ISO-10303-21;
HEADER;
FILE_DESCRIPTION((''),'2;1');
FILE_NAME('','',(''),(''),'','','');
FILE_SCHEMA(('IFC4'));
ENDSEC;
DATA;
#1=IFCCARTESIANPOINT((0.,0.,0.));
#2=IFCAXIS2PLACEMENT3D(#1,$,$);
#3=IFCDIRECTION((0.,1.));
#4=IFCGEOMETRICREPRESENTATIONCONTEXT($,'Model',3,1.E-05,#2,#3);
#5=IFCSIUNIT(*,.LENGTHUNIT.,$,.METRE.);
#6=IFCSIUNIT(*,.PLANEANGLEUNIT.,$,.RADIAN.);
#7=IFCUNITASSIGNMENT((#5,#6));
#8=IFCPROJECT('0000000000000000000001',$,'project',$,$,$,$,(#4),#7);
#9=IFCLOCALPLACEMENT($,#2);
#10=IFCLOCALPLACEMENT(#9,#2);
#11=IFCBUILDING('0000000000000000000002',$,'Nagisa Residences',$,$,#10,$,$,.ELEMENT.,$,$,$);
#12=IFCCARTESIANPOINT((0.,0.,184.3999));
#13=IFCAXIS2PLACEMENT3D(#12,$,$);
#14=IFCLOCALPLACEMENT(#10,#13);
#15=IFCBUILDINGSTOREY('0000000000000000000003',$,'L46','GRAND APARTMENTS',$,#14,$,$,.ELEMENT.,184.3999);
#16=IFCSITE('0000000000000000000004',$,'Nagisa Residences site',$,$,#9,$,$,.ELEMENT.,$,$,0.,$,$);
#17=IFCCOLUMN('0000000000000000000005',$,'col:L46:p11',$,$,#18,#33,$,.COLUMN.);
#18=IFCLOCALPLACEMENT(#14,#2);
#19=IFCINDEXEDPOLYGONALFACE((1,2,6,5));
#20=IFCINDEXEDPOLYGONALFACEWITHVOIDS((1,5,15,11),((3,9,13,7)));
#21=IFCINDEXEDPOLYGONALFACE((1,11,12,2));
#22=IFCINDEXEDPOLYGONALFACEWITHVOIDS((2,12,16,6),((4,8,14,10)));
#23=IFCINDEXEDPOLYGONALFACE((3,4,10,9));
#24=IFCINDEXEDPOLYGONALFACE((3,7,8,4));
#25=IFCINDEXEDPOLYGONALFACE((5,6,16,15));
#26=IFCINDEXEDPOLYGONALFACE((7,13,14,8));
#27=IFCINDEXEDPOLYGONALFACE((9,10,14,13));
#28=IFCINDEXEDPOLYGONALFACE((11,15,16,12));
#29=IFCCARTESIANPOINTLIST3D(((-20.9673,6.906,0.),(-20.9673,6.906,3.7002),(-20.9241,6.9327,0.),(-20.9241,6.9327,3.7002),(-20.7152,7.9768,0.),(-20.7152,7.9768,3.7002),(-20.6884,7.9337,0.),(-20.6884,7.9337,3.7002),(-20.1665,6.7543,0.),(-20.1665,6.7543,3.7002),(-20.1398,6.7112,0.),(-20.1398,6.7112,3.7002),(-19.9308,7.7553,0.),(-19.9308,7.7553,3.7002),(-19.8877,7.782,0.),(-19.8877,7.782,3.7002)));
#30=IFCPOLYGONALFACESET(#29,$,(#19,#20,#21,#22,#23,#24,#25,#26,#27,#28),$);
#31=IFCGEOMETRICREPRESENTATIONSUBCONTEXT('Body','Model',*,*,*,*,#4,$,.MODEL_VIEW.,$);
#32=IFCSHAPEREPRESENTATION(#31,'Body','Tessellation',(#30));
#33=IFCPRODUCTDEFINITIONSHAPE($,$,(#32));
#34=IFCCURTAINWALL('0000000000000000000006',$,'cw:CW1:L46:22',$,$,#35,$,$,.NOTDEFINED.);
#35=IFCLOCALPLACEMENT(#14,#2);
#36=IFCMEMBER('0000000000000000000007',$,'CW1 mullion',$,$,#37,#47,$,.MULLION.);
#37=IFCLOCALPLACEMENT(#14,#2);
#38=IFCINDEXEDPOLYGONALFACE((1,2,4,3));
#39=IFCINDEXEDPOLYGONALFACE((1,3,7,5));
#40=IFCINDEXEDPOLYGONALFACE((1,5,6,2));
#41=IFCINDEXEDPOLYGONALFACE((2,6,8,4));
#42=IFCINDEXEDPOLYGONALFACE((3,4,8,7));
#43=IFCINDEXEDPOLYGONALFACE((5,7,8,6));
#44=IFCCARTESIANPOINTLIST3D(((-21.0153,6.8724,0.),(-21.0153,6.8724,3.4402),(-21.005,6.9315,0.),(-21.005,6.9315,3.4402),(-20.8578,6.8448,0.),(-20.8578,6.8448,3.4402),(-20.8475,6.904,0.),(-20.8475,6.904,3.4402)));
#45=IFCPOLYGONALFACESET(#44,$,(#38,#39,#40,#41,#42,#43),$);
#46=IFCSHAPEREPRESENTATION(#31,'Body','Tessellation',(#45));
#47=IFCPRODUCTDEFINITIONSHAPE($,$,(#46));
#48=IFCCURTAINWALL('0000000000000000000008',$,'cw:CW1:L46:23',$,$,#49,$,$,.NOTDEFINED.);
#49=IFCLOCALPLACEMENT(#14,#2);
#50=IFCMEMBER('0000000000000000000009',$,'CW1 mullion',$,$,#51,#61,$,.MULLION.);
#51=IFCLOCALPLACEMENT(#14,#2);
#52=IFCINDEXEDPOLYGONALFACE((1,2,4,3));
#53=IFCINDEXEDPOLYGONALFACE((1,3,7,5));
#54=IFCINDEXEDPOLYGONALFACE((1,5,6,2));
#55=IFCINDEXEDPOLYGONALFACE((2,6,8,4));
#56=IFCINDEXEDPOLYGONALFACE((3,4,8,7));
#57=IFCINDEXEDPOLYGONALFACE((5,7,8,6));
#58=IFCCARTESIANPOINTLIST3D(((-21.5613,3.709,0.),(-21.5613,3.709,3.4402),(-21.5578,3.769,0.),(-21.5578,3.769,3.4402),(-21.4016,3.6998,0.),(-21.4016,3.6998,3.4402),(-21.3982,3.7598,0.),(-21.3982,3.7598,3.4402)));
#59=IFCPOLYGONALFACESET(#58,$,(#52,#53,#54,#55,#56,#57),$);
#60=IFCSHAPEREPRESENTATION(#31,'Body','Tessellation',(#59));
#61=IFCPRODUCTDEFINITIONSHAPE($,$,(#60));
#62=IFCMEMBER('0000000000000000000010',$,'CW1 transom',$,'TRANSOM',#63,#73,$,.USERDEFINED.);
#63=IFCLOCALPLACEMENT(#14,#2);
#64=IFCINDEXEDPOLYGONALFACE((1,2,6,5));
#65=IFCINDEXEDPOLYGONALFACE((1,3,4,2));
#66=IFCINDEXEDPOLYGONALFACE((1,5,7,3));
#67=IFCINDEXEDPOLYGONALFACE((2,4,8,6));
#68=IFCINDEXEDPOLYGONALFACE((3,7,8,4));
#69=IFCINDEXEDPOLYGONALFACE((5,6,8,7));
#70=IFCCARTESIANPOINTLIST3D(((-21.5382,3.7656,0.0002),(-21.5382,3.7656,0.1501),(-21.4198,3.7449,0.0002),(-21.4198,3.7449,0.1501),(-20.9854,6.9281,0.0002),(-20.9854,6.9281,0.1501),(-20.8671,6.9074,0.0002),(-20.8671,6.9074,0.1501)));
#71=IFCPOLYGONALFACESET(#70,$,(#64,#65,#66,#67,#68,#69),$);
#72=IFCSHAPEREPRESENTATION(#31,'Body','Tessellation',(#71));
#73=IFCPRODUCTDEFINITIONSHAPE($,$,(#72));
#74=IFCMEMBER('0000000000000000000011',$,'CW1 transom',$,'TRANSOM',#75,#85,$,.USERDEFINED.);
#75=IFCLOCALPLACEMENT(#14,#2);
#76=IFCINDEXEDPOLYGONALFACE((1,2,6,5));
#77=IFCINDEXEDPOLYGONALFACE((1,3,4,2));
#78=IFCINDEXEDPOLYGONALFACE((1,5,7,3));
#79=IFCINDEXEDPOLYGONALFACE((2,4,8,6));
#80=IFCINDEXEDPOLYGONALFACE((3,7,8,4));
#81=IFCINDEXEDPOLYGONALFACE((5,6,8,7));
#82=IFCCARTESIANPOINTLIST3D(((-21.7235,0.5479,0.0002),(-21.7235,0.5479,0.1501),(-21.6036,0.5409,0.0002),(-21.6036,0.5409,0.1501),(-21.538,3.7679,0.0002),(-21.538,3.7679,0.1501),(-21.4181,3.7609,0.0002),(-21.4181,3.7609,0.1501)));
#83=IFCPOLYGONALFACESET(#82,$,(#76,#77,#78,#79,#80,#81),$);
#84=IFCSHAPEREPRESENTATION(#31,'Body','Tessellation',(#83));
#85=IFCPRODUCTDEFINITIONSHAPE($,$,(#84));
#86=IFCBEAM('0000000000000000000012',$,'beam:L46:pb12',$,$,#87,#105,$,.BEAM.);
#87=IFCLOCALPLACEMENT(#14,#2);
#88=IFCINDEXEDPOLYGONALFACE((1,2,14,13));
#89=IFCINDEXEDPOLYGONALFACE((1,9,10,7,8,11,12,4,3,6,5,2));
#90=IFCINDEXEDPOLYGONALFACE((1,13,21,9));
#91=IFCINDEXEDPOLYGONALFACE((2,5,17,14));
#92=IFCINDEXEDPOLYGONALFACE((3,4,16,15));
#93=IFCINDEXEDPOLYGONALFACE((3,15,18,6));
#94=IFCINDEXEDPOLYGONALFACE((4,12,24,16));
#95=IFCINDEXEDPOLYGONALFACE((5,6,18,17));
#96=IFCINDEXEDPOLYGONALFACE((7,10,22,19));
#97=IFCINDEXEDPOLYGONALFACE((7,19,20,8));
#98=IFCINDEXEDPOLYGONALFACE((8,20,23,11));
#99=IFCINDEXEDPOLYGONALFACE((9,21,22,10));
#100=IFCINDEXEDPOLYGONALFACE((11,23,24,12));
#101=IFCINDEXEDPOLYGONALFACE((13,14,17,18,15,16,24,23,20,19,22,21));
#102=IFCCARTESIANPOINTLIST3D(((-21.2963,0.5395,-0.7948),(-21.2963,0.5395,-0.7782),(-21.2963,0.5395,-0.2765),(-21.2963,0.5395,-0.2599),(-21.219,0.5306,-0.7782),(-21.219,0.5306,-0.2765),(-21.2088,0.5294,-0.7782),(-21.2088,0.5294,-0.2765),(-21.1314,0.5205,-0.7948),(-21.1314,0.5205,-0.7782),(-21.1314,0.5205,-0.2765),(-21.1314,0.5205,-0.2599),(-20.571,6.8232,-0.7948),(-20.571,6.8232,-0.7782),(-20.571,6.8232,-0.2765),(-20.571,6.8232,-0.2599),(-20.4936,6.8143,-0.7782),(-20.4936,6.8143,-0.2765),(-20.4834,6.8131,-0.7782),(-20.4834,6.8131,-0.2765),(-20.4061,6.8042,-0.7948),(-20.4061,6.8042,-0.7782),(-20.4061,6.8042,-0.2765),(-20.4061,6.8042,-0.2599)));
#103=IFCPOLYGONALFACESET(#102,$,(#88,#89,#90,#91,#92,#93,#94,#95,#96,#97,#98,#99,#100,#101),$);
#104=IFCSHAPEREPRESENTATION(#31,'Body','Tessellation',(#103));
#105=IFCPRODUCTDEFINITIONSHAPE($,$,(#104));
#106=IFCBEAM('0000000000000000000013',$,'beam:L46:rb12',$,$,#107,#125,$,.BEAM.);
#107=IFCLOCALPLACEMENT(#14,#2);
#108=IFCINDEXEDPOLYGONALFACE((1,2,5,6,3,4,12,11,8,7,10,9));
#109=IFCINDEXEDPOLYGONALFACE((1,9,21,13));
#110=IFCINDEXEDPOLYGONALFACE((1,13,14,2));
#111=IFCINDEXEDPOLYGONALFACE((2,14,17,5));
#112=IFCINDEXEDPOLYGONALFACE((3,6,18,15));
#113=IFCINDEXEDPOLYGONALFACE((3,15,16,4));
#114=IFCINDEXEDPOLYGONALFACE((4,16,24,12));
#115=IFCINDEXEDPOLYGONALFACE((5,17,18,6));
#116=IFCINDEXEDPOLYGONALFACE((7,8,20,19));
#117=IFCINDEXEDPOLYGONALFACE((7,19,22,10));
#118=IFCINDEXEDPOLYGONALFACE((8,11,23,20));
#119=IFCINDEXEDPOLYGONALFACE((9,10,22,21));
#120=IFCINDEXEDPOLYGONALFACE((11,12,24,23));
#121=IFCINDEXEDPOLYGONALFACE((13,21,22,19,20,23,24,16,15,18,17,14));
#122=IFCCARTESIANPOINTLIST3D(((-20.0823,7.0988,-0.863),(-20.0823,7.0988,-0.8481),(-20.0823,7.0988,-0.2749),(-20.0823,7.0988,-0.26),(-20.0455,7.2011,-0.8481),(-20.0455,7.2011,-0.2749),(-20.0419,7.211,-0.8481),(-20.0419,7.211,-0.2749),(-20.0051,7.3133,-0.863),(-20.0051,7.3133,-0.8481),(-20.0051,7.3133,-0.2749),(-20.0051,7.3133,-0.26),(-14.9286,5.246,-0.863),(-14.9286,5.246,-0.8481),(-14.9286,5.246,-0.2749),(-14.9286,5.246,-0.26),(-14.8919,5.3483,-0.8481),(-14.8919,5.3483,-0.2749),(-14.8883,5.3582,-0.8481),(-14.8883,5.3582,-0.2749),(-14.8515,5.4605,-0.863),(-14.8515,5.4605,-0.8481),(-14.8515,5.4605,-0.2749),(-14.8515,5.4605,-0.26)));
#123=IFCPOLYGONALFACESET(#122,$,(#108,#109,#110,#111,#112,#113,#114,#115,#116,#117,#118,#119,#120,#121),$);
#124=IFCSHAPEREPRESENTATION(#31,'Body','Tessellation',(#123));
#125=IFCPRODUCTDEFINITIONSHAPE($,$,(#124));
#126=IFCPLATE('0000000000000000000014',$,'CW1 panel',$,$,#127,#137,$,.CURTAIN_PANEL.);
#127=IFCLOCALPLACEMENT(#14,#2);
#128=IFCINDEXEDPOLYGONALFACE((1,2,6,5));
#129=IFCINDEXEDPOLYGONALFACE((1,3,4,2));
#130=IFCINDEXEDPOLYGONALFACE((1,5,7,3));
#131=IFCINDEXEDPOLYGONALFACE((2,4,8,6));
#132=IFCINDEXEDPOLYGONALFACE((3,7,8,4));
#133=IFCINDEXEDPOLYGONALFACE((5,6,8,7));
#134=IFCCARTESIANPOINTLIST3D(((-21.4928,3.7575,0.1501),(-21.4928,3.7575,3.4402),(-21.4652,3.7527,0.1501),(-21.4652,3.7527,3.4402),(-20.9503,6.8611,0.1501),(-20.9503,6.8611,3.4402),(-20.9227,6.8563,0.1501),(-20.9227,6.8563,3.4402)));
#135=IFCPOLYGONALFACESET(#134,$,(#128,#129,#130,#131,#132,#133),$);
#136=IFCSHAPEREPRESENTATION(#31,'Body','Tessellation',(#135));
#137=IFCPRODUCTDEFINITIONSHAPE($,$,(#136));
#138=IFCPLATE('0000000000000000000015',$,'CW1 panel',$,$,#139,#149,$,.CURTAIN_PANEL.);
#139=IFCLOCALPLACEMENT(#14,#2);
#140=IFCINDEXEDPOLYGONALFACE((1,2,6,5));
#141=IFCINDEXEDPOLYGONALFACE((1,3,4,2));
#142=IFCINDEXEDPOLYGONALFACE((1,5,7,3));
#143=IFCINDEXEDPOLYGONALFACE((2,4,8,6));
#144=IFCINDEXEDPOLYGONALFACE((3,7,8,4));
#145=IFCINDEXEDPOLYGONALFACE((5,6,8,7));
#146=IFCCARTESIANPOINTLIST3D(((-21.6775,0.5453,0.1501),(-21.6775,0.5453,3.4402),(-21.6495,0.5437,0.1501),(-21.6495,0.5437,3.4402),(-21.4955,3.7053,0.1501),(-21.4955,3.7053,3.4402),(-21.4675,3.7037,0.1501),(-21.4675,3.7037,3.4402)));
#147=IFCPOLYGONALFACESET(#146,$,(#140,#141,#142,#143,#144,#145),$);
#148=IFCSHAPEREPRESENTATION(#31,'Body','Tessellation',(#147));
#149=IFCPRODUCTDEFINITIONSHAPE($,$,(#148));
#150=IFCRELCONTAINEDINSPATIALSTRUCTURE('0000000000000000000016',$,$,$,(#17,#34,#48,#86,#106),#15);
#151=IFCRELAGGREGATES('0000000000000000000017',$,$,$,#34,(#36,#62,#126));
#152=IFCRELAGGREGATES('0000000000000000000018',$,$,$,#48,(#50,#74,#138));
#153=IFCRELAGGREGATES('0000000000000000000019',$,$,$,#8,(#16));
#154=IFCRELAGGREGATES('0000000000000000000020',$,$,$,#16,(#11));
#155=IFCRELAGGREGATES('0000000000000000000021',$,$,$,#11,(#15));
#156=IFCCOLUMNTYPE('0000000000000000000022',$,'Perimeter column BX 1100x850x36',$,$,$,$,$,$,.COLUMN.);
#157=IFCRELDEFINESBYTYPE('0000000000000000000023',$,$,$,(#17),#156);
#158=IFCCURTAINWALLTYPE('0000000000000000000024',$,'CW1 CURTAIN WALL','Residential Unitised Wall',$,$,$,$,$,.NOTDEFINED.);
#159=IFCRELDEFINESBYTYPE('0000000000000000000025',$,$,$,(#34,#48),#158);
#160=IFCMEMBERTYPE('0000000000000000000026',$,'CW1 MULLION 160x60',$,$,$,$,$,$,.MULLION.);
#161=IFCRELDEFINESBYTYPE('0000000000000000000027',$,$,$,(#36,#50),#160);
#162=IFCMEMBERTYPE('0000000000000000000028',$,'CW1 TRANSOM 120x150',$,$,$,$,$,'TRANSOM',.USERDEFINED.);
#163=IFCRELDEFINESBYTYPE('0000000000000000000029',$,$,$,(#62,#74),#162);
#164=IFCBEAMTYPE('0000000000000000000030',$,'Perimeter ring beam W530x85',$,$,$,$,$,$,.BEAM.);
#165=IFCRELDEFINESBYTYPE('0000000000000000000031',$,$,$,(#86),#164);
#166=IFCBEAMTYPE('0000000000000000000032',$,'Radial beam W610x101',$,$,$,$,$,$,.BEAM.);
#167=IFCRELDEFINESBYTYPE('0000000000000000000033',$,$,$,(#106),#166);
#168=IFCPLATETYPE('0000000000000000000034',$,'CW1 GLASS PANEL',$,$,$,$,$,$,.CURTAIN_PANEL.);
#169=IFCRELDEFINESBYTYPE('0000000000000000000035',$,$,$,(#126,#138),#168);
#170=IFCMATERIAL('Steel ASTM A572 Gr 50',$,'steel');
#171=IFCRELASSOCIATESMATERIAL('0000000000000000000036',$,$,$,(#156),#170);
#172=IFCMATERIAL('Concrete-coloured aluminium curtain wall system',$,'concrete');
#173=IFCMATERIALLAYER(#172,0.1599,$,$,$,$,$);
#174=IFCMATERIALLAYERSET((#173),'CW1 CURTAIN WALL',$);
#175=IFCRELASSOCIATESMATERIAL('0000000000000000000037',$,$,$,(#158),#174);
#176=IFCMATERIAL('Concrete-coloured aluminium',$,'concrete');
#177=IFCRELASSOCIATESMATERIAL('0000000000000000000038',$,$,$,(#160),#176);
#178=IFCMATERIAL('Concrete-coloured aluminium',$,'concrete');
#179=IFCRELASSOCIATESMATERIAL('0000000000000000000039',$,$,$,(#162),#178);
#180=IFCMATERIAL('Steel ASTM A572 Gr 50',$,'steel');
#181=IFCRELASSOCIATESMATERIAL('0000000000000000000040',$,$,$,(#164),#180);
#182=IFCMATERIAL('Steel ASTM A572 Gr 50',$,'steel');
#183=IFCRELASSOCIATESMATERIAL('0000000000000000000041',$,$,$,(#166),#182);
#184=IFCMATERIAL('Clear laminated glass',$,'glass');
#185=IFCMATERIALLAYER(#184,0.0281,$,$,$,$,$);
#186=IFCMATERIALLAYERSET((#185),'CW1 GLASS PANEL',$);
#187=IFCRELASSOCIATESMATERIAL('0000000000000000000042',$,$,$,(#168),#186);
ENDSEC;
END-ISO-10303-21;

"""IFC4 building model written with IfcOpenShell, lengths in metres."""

from ifc_helpers import new_model, si_unit, direction, frame, origin, origin_2d, place, context, subcontext, project, spatial, rectangle, hollow_rectangle, i_section, extrude, material, layer, layer_set, material_profile, profile_set, type_object, element, aggregate, save


model = new_model("IFC4")

# Units and contexts
model_context = context("Model", 3, precision=1e-05, world=origin(), true_north=direction((0.0, 1.0)))
body_context = subcontext(model_context, "Body", "Model", "MODEL_VIEW")
ifc_project = project(units=[si_unit("LENGTHUNIT", "METRE"), si_unit("PLANEANGLEUNIT", "RADIAN")], contexts=[model_context])

# Site, building, storey
site_placement = place(None, origin())
site = spatial("IfcSite", under=ifc_project, at=site_placement, Name="Nagisa Residences site", CompositionType="ELEMENT", RefElevation=0.0)
building_placement = place(site_placement, origin())
building = spatial("IfcBuilding", under=site, at=building_placement, Name="Nagisa Residences", CompositionType="ELEMENT")
storey_placement = place(building_placement, frame((0.0, 0.0, 184.3999)))
storey = spatial("IfcBuildingStorey", under=building, at=storey_placement, Name="L46", Description="GRAND APARTMENTS", CompositionType="ELEMENT", Elevation=184.3999)

# Column
ifc_material_1 = material(Name="Steel ASTM A572 Gr 50", Category="steel")
ifc_material_profile_1 = material_profile(ifc_material_1, hollow_rectangle(XDim=1.1001, YDim=0.8501, WallThickness=0.0359, at=origin_2d()), Name="BX 1100x850x36")
ifc_profile_set_1 = profile_set([ifc_material_profile_1], Name="Steel ASTM A572 Gr 50")
column_type = type_object("IfcColumnType", Name="Perimeter column BX 1100x850x36", PredefinedType="COLUMN", material=ifc_profile_set_1)
column_placement = place(storey_placement, frame((-20.4275, 7.344, 0.0), z_axis=(0.0, 0.0, 1.0), x_axis=(-0.229202, -0.973379, 0.0)))
element("IfcColumn", 1, at=column_placement, inside=storey, type_object=column_type, Name="col:L46:p11", PredefinedType="COLUMN", context=body_context, shape_type="SweptSolid", body=[
    extrude(hollow_rectangle(XDim=1.1001, YDim=0.8501, WallThickness=0.0359, at=origin_2d()), origin(), (0.0, 0.0, 1.0), 3.7002),
])

# Curtain walls, members
ifc_material_2 = material(Name="Concrete-coloured aluminium curtain wall system", Category="concrete")
ifc_layer_1 = layer(ifc_material_2, 0.1599)
ifc_layer_set_1 = layer_set([ifc_layer_1], Name="CW1 CURTAIN WALL")
curtain_wall_type = type_object("IfcCurtainWallType", Name="CW1 CURTAIN WALL", Description="Residential Unitised Wall", PredefinedType="NOTDEFINED", material=ifc_layer_set_1)
curtain_wall_1_placement = place(storey_placement, origin())
curtain_wall_1 = element("IfcCurtainWall", 2, at=curtain_wall_1_placement, inside=storey, type_object=curtain_wall_type, Name="cw:CW1:L46:22", PredefinedType="NOTDEFINED")
ifc_material_3 = material(Name="Concrete-coloured aluminium", Category="concrete")
ifc_material_profile_2 = material_profile(ifc_material_3, rectangle(XDim=0.1599, YDim=0.0601, at=origin_2d()), Name="CW1 MULLION 160x60")
ifc_profile_set_2 = profile_set([ifc_material_profile_2], Name="Concrete-coloured aluminium")
member_type_1 = type_object("IfcMemberType", Name="CW1 MULLION 160x60", PredefinedType="MULLION", material=ifc_profile_set_2)
member_1_placement = place(storey_placement, frame((-20.9314, 6.8882, 0.0), z_axis=(0.0, 0.0, 1.0), x_axis=(0.985064, -0.172191, 0.0)))
member_1 = element("IfcMember", 3, at=member_1_placement, type_object=member_type_1, Name="CW1 mullion", PredefinedType="MULLION", context=body_context, shape_type="SweptSolid", body=[
    extrude(rectangle(XDim=0.1599, YDim=0.0601, at=origin_2d()), origin(), (0.0, 0.0, 1.0), 3.4402),
])
curtain_wall_2_placement = place(storey_placement, origin())
curtain_wall_2 = element("IfcCurtainWall", 4, at=curtain_wall_2_placement, inside=storey, type_object=curtain_wall_type, Name="cw:CW1:L46:23", PredefinedType="NOTDEFINED")
member_2_placement = place(storey_placement, frame((-21.4797, 3.7344, 0.0), z_axis=(0.0, 0.0, 1.0), x_axis=(0.998345, -0.057503, 0.0)))
member_2 = element("IfcMember", 5, at=member_2_placement, type_object=member_type_1, Name="CW1 mullion", PredefinedType="MULLION", context=body_context, shape_type="SweptSolid", body=[
    extrude(rectangle(XDim=0.1599, YDim=0.0601, at=origin_2d()), origin(), (0.0, 0.0, 1.0), 3.4402),
])

# Members
ifc_material_4 = material(Name="Concrete-coloured aluminium", Category="concrete")
ifc_material_profile_3 = material_profile(ifc_material_4, rectangle(XDim=0.1201, YDim=0.1499, at=origin_2d()), Name="CW1 TRANSOM 120x150")
ifc_profile_set_3 = profile_set([ifc_material_profile_3], Name="Concrete-coloured aluminium")
member_type_2 = type_object("IfcMemberType", Name="CW1 TRANSOM 120x150", ElementType="TRANSOM", PredefinedType="USERDEFINED", material=ifc_profile_set_3)
member_3_placement = place(storey_placement, frame((-20.9263, 6.9177, 0.0752), z_axis=(-0.172163, -0.985069, 0.0), x_axis=(0.985069, -0.172163, 0.0)))
member_3 = element("IfcMember", 6, at=member_3_placement, type_object=member_type_2, Name="CW1 transom", ObjectType="TRANSOM", PredefinedType="USERDEFINED", context=body_context, shape_type="SweptSolid", body=[
    extrude(rectangle(XDim=0.1201, YDim=0.1499, at=origin_2d()), origin(), (0.0, 0.0, 1.0), 3.2104),
])
member_4_placement = place(storey_placement, frame((-21.478, 3.7644, 0.0752), z_axis=(-0.057528, -0.998344, 0.0), x_axis=(0.998344, -0.057528, 0.0)))
member_4 = element("IfcMember", 7, at=member_4_placement, type_object=member_type_2, Name="CW1 transom", ObjectType="TRANSOM", PredefinedType="USERDEFINED", context=body_context, shape_type="SweptSolid", body=[
    extrude(rectangle(XDim=0.1201, YDim=0.1499, at=origin_2d()), origin(), (0.0, 0.0, 1.0), 3.2253),
])

# Beams
ifc_material_5 = material(Name="Steel ASTM A572 Gr 50", Category="steel")
ifc_material_profile_4 = material_profile(ifc_material_5, i_section(OverallWidth=0.166, OverallDepth=0.5349, WebThickness=0.0103, FlangeThickness=0.0166, at=origin_2d()), Name="W530x85")
ifc_profile_set_4 = profile_set([ifc_material_profile_4], Name="Steel ASTM A572 Gr 50")
beam_type_1 = type_object("IfcBeamType", Name="Perimeter ring beam W530x85", PredefinedType="BEAM", material=ifc_profile_set_4)
beam_1_placement = place(storey_placement, frame((-20.4885, 6.8137, -0.5273), z_axis=(-0.114671, -0.993404, 0.0), x_axis=(0.993404, -0.114671, 0.0)))
element("IfcBeam", 8, at=beam_1_placement, inside=storey, type_object=beam_type_1, Name="beam:L46:pb12", PredefinedType="BEAM", context=body_context, shape_type="SweptSolid", body=[
    extrude(i_section(OverallWidth=0.166, OverallDepth=0.5349, WebThickness=0.0103, FlangeThickness=0.0166, at=origin_2d()), origin(), (0.0, 0.0, 1.0), 6.3254),
])
ifc_material_6 = material(Name="Steel ASTM A572 Gr 50", Category="steel")
ifc_material_profile_5 = material_profile(ifc_material_6, i_section(OverallWidth=0.228, OverallDepth=0.603, WebThickness=0.0105, FlangeThickness=0.0149, at=origin_2d()), Name="W610x101")
ifc_profile_set_5 = profile_set([ifc_material_profile_5], Name="Steel ASTM A572 Gr 50")
beam_type_2 = type_object("IfcBeamType", Name="Radial beam W610x101", PredefinedType="BEAM", material=ifc_profile_set_5)
beam_2_placement = place(storey_placement, frame((-20.0437, 7.2061, -0.5615), z_axis=(0.941033, -0.338315, 0.0), x_axis=(0.338315, 0.941033, 0.0)))
element("IfcBeam", 9, at=beam_2_placement, inside=storey, type_object=beam_type_2, Name="beam:L46:rb12", PredefinedType="BEAM", context=body_context, shape_type="SweptSolid", body=[
    extrude(i_section(OverallWidth=0.228, OverallDepth=0.603, WebThickness=0.0105, FlangeThickness=0.0149, at=origin_2d()), origin(), (0.0, 0.0, 1.0), 5.4766),
])

# Plates
ifc_material_7 = material(Name="Clear laminated glass", Category="glass")
ifc_layer_2 = layer(ifc_material_7, 0.0281)
ifc_layer_set_2 = layer_set([ifc_layer_2], Name="CW1 GLASS PANEL")
plate_type = type_object("IfcPlateType", Name="CW1 GLASS PANEL", PredefinedType="CURTAIN_PANEL", material=ifc_layer_set_2)
plate_1_placement = place(storey_placement, frame((-21.2078, 5.3069, 0.1501), z_axis=(0.0, 0.0, 1.0), x_axis=(-0.172191, -0.985064, 0.0)))
plate_1 = element("IfcPlate", 10, at=plate_1_placement, type_object=plate_type, Name="CW1 panel", PredefinedType="CURTAIN_PANEL", context=body_context, shape_type="SweptSolid", body=[
    extrude(rectangle(XDim=3.1506, YDim=0.0281, at=origin_2d()), origin(), (0.0, 0.0, 1.0), 3.29),
])
aggregate(curtain_wall_1, [member_1, member_3, plate_1])
plate_2_placement = place(storey_placement, frame((-21.5725, 2.1245, 0.1501), z_axis=(0.0, 0.0, 1.0), x_axis=(-0.057503, -0.998345, 0.0)))
plate_2 = element("IfcPlate", 11, at=plate_2_placement, type_object=plate_type, Name="CW1 panel", PredefinedType="CURTAIN_PANEL", context=body_context, shape_type="SweptSolid", body=[
    extrude(rectangle(XDim=3.1653, YDim=0.0281, at=origin_2d()), origin(), (0.0, 0.0, 1.0), 3.29),
])
aggregate(curtain_wall_2, [member_2, member_4, plate_2])

save(model, "model.ifc")
